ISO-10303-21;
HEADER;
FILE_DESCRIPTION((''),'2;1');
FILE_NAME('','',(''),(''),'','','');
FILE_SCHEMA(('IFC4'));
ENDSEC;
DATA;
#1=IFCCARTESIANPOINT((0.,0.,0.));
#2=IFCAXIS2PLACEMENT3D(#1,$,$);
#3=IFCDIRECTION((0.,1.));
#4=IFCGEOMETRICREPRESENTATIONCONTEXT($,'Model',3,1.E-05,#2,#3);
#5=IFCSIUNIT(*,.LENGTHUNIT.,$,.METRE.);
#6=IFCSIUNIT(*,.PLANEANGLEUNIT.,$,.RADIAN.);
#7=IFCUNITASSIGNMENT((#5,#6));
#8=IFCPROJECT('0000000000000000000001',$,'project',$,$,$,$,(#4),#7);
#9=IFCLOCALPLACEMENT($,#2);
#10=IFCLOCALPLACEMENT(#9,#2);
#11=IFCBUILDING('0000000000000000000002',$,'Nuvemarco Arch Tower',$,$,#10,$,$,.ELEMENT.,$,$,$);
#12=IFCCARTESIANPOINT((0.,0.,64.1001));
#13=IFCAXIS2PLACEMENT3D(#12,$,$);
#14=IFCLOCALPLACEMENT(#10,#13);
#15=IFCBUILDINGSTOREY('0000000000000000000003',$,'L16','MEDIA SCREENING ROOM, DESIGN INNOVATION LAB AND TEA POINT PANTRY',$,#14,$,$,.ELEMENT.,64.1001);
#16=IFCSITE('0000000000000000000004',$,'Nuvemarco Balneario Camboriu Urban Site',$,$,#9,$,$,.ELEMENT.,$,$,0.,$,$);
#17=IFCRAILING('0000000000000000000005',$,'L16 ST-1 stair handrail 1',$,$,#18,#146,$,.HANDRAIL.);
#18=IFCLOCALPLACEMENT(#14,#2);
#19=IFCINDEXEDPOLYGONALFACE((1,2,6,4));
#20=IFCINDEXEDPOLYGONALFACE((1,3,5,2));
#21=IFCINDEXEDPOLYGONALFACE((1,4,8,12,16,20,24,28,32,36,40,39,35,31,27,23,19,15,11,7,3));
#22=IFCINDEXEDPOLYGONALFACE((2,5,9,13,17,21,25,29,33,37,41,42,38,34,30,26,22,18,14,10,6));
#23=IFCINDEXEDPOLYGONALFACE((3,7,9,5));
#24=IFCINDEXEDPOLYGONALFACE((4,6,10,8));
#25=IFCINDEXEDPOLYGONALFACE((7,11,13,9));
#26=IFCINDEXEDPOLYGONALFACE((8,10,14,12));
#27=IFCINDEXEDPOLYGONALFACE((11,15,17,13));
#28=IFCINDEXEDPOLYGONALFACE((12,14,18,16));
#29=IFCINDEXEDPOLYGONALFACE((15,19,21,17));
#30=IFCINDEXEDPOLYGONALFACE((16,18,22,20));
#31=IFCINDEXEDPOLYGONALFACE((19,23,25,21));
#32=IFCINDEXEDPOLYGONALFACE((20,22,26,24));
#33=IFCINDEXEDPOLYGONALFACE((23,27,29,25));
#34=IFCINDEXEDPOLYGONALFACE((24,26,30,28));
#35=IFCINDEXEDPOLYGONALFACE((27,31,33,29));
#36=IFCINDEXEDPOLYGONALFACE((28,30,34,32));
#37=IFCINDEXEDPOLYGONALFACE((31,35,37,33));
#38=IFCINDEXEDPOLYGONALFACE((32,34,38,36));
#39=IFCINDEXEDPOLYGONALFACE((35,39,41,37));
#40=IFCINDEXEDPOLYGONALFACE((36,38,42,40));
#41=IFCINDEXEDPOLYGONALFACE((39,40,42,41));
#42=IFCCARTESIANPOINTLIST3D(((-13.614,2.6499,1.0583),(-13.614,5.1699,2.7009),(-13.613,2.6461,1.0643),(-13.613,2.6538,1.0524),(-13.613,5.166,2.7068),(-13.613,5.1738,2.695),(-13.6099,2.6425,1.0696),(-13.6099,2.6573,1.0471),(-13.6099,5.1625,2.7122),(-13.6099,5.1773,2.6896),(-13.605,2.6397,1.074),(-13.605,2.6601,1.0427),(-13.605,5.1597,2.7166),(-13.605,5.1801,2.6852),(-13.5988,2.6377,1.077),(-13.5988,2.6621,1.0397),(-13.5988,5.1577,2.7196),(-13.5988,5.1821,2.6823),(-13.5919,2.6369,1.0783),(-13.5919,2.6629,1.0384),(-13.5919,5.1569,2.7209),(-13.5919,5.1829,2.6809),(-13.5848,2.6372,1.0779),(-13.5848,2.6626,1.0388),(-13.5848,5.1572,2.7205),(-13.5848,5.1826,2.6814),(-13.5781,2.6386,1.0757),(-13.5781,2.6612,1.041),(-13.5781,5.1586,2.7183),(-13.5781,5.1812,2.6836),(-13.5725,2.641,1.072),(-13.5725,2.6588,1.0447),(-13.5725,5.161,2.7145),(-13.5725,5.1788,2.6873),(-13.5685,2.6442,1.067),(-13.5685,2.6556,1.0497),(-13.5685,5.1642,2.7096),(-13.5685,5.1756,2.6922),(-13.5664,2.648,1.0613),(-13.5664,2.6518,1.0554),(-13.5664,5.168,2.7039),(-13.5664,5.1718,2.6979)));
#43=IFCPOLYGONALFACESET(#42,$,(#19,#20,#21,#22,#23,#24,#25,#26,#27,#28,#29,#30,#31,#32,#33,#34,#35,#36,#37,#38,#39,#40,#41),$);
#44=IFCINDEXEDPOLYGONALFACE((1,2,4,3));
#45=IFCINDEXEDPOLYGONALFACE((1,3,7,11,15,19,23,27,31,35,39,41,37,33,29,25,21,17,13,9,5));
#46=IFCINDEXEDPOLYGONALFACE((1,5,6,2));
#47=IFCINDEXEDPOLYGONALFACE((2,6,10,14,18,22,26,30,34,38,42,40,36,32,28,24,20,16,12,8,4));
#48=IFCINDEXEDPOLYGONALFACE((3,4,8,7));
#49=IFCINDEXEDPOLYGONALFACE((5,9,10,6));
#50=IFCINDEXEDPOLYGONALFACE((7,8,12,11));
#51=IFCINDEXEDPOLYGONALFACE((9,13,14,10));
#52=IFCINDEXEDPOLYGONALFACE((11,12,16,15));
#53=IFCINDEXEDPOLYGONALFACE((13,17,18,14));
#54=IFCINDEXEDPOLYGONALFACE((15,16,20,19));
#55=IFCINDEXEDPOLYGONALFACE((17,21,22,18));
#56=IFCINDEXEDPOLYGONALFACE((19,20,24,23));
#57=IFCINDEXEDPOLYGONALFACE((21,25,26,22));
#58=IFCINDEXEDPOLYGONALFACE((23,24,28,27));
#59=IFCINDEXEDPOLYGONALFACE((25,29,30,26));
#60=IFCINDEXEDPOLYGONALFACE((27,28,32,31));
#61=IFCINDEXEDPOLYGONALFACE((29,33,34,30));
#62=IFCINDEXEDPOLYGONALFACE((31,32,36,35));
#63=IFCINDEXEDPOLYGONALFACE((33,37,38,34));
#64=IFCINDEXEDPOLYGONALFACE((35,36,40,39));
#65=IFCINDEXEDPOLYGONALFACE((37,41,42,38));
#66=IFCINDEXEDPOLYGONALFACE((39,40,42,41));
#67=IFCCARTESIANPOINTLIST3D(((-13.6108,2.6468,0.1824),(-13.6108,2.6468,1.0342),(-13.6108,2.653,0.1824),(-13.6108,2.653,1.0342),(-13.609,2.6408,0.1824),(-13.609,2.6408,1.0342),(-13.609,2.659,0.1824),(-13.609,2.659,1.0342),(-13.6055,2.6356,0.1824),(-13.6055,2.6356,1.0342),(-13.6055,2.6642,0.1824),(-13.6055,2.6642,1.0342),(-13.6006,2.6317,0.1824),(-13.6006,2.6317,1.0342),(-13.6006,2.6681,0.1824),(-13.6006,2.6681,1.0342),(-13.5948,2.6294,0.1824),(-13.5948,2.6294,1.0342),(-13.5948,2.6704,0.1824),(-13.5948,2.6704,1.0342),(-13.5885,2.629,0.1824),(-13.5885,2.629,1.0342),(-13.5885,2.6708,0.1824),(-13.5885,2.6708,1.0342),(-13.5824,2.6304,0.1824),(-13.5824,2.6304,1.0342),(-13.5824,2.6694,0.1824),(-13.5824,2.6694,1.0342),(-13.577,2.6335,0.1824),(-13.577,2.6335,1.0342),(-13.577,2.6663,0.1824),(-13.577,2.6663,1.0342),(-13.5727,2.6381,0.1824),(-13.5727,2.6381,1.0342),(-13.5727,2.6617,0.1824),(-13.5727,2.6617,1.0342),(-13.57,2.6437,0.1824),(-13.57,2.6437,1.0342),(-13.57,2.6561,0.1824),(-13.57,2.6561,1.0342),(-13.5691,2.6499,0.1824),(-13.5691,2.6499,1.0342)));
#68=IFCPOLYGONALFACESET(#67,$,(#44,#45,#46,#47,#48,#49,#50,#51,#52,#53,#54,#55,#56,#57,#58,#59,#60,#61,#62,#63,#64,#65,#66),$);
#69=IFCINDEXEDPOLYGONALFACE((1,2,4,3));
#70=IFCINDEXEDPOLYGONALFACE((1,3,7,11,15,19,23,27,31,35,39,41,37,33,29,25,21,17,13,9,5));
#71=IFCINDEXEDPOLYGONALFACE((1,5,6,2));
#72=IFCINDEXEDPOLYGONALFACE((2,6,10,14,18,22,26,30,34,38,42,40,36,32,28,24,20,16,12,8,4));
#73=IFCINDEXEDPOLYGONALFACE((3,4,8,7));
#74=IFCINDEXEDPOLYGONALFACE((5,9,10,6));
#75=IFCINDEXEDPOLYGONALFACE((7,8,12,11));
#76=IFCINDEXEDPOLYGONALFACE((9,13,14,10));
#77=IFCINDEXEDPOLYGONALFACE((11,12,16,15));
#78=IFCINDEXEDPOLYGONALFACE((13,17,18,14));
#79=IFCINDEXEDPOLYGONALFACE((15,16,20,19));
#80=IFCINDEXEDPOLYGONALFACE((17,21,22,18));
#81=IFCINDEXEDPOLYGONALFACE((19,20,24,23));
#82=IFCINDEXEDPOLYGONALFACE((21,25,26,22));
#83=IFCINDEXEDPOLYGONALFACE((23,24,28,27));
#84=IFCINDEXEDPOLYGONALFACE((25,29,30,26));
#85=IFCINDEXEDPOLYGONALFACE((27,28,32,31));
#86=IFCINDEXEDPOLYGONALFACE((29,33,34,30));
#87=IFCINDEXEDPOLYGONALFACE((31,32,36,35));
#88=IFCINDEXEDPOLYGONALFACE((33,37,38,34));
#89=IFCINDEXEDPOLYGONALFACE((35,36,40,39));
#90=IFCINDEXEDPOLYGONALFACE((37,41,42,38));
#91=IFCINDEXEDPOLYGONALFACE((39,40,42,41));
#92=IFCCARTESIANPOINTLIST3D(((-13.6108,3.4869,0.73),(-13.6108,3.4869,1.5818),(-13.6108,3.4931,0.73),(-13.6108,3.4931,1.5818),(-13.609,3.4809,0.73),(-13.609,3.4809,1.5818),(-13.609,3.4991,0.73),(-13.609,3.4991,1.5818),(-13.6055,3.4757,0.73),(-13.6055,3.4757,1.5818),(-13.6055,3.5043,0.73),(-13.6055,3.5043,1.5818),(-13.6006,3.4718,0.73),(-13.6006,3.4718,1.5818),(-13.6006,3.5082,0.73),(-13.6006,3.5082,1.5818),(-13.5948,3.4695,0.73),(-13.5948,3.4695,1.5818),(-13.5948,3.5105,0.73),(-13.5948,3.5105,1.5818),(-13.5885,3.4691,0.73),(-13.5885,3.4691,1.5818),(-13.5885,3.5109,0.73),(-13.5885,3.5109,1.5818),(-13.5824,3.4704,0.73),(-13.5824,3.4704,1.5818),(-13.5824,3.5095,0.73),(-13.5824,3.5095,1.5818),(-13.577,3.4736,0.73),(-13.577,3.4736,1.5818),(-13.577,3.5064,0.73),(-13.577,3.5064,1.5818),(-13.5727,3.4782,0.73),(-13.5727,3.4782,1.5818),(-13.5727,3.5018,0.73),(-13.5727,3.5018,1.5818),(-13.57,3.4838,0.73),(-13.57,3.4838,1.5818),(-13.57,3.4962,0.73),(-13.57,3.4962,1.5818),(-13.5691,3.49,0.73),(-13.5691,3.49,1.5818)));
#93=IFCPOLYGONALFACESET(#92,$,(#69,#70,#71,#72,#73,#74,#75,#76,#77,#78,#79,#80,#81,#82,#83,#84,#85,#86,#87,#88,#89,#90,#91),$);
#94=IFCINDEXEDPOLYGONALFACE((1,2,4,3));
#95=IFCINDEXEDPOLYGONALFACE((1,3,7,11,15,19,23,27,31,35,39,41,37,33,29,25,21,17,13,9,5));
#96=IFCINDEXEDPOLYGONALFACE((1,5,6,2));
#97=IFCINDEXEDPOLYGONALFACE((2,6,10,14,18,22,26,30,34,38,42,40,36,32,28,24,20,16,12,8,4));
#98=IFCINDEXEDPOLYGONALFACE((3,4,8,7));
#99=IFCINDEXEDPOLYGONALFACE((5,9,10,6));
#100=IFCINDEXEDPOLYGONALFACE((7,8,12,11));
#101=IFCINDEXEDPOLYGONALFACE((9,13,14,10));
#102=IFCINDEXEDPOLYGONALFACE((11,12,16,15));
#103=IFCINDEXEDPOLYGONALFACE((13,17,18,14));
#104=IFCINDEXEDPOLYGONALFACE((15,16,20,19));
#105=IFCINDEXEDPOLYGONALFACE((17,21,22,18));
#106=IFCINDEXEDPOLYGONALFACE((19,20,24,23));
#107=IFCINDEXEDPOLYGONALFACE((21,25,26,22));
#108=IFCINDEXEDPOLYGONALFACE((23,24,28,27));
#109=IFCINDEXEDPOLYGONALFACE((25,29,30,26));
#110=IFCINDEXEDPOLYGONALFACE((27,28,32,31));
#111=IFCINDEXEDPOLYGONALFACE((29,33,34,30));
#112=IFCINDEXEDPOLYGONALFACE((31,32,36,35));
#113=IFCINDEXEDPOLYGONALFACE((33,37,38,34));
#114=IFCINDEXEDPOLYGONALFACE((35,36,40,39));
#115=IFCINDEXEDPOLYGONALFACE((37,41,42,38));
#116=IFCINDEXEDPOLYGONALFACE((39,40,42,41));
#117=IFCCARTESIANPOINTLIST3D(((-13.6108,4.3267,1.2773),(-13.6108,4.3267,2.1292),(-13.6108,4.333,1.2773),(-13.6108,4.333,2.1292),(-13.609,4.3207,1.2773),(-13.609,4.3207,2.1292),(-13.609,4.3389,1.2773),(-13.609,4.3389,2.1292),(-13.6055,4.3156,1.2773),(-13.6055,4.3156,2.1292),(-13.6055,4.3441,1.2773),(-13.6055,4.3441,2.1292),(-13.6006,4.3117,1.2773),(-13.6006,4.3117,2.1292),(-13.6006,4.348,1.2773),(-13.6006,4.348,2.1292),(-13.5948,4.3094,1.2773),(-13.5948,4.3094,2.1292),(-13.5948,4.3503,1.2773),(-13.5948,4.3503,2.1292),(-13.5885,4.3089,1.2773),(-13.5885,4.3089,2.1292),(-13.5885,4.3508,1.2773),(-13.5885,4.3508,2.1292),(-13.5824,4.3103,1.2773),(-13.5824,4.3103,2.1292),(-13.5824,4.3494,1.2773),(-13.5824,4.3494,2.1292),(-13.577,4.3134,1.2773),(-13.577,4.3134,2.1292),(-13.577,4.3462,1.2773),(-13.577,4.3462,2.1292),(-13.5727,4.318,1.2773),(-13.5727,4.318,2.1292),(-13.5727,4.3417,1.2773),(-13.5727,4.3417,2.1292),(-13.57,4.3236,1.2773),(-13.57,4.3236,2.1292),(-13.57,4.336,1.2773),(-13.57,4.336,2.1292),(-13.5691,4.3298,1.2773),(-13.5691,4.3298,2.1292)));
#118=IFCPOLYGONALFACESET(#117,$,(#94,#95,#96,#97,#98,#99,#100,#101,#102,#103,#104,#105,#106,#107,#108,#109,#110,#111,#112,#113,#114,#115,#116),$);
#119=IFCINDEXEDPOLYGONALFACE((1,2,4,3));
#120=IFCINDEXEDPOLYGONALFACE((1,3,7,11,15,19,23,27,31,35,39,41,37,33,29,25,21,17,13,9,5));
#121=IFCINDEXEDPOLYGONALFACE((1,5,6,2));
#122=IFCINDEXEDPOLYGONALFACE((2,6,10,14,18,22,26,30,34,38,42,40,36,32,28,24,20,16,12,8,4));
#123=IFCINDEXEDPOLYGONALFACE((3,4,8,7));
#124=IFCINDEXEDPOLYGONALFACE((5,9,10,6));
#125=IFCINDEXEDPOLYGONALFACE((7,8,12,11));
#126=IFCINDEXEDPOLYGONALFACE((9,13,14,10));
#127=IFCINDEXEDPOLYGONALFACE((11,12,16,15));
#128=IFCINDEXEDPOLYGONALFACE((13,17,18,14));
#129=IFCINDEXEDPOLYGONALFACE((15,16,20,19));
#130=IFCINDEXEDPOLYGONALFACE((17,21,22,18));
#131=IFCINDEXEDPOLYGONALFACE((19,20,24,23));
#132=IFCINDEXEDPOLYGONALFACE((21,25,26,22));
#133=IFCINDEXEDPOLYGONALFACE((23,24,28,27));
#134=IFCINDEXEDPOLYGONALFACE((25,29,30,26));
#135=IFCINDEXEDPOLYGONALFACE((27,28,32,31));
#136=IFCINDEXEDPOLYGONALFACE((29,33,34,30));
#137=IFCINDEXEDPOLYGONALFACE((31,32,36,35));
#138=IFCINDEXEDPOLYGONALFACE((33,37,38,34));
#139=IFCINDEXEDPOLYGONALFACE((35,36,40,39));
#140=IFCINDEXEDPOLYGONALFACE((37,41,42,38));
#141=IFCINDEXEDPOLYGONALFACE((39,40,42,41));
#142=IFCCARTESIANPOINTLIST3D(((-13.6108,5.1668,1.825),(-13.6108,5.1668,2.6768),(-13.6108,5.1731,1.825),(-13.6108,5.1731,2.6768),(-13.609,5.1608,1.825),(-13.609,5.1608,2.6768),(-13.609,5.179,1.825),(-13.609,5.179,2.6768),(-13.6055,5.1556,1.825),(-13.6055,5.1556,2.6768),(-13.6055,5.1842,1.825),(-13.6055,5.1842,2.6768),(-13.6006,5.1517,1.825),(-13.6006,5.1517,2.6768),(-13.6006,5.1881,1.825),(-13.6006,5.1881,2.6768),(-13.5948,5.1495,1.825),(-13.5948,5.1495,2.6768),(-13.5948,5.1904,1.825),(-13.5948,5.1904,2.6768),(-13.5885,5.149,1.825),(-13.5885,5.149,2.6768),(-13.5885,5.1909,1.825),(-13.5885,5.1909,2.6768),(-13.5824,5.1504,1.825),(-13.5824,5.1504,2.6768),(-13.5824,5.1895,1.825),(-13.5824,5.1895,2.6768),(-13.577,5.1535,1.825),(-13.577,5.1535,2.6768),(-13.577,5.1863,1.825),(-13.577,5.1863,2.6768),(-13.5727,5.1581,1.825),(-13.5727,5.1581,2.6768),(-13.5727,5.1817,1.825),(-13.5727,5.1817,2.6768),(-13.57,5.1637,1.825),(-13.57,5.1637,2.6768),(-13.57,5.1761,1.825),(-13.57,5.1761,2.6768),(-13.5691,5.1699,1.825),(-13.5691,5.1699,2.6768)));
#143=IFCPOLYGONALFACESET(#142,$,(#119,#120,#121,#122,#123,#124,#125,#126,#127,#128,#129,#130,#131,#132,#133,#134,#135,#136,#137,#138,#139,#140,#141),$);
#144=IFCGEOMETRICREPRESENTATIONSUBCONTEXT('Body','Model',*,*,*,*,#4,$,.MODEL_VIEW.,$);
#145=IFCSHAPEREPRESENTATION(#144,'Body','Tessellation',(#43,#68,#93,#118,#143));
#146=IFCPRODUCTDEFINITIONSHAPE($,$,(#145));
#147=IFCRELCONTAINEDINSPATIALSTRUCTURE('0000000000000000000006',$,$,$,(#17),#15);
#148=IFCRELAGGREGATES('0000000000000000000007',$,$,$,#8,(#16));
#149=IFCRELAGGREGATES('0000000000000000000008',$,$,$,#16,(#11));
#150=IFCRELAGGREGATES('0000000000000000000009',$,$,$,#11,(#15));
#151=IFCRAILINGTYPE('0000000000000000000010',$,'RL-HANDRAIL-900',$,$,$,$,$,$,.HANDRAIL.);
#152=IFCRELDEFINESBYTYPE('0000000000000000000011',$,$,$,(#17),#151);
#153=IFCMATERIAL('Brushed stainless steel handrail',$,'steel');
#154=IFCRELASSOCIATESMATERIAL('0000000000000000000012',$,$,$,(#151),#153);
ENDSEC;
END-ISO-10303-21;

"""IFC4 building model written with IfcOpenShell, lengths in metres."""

from ifc_helpers import new_model, si_unit, direction, frame, origin, origin_2d, place, context, subcontext, project, spatial, circle, extrude, material, type_object, element, save


model = new_model("IFC4")

# Units and contexts
model_context = context("Model", 3, precision=1e-05, world=origin(), true_north=direction((0.0, 1.0)))
body_context = subcontext(model_context, "Body", "Model", "MODEL_VIEW")
ifc_project = project(units=[si_unit("LENGTHUNIT", "METRE"), si_unit("PLANEANGLEUNIT", "RADIAN")], contexts=[model_context])

# Site, building, storey
site_placement = place(None, origin())
site = spatial("IfcSite", under=ifc_project, at=site_placement, Name="Nuvemarco Balneario Camboriu Urban Site", CompositionType="ELEMENT", RefElevation=0.0)
building_placement = place(site_placement, origin())
building = spatial("IfcBuilding", under=site, at=building_placement, Name="Nuvemarco Arch Tower", CompositionType="ELEMENT")
storey_placement = place(building_placement, frame((0.0, 0.0, 64.1001)))
storey = spatial("IfcBuildingStorey", under=building, at=storey_placement, Name="L16", Description="MEDIA SCREENING ROOM, DESIGN INNOVATION LAB AND TEA POINT PANTRY", CompositionType="ELEMENT", Elevation=64.1001)

# Railing
ifc_material_1 = material(Name="Brushed stainless steel handrail", Category="steel")
railing_type = type_object("IfcRailingType", Name="RL-HANDRAIL-900", PredefinedType="HANDRAIL", material=ifc_material_1)
railing_placement = place(storey_placement, frame((-13.5901, 2.6499, 0.1824)))
element("IfcRailing", 1, at=railing_placement, inside=storey, type_object=railing_type, Name="L16 ST-1 stair handrail 1", PredefinedType="HANDRAIL", context=body_context, shape_type="SweptSolid", body=[
    extrude(circle(Radius=0.0239, at=origin_2d()), frame((0.0, 0.0, 0.876), z_axis=(0.0, 0.837749, 0.546055), x_axis=(-1.0, 0.0, 0.0)), (0.0, 0.0, 1.0), 3.0081),
    extrude(circle(Radius=0.021, at=origin_2d()), origin(), (0.0, 0.0, 1.0), 0.8518),
    extrude(circle(Radius=0.021, at=origin_2d()), frame((0.0, 0.8401, 0.5476)), (0.0, 0.0, 1.0), 0.8518),
    extrude(circle(Radius=0.021, at=origin_2d()), frame((0.0, 1.6799, 1.095)), (0.0, 0.0, 1.0), 0.8518),
    extrude(circle(Radius=0.021, at=origin_2d()), frame((0.0, 2.52, 1.6426)), (0.0, 0.0, 1.0), 0.8518),
])

save(model, "model.ifc")
